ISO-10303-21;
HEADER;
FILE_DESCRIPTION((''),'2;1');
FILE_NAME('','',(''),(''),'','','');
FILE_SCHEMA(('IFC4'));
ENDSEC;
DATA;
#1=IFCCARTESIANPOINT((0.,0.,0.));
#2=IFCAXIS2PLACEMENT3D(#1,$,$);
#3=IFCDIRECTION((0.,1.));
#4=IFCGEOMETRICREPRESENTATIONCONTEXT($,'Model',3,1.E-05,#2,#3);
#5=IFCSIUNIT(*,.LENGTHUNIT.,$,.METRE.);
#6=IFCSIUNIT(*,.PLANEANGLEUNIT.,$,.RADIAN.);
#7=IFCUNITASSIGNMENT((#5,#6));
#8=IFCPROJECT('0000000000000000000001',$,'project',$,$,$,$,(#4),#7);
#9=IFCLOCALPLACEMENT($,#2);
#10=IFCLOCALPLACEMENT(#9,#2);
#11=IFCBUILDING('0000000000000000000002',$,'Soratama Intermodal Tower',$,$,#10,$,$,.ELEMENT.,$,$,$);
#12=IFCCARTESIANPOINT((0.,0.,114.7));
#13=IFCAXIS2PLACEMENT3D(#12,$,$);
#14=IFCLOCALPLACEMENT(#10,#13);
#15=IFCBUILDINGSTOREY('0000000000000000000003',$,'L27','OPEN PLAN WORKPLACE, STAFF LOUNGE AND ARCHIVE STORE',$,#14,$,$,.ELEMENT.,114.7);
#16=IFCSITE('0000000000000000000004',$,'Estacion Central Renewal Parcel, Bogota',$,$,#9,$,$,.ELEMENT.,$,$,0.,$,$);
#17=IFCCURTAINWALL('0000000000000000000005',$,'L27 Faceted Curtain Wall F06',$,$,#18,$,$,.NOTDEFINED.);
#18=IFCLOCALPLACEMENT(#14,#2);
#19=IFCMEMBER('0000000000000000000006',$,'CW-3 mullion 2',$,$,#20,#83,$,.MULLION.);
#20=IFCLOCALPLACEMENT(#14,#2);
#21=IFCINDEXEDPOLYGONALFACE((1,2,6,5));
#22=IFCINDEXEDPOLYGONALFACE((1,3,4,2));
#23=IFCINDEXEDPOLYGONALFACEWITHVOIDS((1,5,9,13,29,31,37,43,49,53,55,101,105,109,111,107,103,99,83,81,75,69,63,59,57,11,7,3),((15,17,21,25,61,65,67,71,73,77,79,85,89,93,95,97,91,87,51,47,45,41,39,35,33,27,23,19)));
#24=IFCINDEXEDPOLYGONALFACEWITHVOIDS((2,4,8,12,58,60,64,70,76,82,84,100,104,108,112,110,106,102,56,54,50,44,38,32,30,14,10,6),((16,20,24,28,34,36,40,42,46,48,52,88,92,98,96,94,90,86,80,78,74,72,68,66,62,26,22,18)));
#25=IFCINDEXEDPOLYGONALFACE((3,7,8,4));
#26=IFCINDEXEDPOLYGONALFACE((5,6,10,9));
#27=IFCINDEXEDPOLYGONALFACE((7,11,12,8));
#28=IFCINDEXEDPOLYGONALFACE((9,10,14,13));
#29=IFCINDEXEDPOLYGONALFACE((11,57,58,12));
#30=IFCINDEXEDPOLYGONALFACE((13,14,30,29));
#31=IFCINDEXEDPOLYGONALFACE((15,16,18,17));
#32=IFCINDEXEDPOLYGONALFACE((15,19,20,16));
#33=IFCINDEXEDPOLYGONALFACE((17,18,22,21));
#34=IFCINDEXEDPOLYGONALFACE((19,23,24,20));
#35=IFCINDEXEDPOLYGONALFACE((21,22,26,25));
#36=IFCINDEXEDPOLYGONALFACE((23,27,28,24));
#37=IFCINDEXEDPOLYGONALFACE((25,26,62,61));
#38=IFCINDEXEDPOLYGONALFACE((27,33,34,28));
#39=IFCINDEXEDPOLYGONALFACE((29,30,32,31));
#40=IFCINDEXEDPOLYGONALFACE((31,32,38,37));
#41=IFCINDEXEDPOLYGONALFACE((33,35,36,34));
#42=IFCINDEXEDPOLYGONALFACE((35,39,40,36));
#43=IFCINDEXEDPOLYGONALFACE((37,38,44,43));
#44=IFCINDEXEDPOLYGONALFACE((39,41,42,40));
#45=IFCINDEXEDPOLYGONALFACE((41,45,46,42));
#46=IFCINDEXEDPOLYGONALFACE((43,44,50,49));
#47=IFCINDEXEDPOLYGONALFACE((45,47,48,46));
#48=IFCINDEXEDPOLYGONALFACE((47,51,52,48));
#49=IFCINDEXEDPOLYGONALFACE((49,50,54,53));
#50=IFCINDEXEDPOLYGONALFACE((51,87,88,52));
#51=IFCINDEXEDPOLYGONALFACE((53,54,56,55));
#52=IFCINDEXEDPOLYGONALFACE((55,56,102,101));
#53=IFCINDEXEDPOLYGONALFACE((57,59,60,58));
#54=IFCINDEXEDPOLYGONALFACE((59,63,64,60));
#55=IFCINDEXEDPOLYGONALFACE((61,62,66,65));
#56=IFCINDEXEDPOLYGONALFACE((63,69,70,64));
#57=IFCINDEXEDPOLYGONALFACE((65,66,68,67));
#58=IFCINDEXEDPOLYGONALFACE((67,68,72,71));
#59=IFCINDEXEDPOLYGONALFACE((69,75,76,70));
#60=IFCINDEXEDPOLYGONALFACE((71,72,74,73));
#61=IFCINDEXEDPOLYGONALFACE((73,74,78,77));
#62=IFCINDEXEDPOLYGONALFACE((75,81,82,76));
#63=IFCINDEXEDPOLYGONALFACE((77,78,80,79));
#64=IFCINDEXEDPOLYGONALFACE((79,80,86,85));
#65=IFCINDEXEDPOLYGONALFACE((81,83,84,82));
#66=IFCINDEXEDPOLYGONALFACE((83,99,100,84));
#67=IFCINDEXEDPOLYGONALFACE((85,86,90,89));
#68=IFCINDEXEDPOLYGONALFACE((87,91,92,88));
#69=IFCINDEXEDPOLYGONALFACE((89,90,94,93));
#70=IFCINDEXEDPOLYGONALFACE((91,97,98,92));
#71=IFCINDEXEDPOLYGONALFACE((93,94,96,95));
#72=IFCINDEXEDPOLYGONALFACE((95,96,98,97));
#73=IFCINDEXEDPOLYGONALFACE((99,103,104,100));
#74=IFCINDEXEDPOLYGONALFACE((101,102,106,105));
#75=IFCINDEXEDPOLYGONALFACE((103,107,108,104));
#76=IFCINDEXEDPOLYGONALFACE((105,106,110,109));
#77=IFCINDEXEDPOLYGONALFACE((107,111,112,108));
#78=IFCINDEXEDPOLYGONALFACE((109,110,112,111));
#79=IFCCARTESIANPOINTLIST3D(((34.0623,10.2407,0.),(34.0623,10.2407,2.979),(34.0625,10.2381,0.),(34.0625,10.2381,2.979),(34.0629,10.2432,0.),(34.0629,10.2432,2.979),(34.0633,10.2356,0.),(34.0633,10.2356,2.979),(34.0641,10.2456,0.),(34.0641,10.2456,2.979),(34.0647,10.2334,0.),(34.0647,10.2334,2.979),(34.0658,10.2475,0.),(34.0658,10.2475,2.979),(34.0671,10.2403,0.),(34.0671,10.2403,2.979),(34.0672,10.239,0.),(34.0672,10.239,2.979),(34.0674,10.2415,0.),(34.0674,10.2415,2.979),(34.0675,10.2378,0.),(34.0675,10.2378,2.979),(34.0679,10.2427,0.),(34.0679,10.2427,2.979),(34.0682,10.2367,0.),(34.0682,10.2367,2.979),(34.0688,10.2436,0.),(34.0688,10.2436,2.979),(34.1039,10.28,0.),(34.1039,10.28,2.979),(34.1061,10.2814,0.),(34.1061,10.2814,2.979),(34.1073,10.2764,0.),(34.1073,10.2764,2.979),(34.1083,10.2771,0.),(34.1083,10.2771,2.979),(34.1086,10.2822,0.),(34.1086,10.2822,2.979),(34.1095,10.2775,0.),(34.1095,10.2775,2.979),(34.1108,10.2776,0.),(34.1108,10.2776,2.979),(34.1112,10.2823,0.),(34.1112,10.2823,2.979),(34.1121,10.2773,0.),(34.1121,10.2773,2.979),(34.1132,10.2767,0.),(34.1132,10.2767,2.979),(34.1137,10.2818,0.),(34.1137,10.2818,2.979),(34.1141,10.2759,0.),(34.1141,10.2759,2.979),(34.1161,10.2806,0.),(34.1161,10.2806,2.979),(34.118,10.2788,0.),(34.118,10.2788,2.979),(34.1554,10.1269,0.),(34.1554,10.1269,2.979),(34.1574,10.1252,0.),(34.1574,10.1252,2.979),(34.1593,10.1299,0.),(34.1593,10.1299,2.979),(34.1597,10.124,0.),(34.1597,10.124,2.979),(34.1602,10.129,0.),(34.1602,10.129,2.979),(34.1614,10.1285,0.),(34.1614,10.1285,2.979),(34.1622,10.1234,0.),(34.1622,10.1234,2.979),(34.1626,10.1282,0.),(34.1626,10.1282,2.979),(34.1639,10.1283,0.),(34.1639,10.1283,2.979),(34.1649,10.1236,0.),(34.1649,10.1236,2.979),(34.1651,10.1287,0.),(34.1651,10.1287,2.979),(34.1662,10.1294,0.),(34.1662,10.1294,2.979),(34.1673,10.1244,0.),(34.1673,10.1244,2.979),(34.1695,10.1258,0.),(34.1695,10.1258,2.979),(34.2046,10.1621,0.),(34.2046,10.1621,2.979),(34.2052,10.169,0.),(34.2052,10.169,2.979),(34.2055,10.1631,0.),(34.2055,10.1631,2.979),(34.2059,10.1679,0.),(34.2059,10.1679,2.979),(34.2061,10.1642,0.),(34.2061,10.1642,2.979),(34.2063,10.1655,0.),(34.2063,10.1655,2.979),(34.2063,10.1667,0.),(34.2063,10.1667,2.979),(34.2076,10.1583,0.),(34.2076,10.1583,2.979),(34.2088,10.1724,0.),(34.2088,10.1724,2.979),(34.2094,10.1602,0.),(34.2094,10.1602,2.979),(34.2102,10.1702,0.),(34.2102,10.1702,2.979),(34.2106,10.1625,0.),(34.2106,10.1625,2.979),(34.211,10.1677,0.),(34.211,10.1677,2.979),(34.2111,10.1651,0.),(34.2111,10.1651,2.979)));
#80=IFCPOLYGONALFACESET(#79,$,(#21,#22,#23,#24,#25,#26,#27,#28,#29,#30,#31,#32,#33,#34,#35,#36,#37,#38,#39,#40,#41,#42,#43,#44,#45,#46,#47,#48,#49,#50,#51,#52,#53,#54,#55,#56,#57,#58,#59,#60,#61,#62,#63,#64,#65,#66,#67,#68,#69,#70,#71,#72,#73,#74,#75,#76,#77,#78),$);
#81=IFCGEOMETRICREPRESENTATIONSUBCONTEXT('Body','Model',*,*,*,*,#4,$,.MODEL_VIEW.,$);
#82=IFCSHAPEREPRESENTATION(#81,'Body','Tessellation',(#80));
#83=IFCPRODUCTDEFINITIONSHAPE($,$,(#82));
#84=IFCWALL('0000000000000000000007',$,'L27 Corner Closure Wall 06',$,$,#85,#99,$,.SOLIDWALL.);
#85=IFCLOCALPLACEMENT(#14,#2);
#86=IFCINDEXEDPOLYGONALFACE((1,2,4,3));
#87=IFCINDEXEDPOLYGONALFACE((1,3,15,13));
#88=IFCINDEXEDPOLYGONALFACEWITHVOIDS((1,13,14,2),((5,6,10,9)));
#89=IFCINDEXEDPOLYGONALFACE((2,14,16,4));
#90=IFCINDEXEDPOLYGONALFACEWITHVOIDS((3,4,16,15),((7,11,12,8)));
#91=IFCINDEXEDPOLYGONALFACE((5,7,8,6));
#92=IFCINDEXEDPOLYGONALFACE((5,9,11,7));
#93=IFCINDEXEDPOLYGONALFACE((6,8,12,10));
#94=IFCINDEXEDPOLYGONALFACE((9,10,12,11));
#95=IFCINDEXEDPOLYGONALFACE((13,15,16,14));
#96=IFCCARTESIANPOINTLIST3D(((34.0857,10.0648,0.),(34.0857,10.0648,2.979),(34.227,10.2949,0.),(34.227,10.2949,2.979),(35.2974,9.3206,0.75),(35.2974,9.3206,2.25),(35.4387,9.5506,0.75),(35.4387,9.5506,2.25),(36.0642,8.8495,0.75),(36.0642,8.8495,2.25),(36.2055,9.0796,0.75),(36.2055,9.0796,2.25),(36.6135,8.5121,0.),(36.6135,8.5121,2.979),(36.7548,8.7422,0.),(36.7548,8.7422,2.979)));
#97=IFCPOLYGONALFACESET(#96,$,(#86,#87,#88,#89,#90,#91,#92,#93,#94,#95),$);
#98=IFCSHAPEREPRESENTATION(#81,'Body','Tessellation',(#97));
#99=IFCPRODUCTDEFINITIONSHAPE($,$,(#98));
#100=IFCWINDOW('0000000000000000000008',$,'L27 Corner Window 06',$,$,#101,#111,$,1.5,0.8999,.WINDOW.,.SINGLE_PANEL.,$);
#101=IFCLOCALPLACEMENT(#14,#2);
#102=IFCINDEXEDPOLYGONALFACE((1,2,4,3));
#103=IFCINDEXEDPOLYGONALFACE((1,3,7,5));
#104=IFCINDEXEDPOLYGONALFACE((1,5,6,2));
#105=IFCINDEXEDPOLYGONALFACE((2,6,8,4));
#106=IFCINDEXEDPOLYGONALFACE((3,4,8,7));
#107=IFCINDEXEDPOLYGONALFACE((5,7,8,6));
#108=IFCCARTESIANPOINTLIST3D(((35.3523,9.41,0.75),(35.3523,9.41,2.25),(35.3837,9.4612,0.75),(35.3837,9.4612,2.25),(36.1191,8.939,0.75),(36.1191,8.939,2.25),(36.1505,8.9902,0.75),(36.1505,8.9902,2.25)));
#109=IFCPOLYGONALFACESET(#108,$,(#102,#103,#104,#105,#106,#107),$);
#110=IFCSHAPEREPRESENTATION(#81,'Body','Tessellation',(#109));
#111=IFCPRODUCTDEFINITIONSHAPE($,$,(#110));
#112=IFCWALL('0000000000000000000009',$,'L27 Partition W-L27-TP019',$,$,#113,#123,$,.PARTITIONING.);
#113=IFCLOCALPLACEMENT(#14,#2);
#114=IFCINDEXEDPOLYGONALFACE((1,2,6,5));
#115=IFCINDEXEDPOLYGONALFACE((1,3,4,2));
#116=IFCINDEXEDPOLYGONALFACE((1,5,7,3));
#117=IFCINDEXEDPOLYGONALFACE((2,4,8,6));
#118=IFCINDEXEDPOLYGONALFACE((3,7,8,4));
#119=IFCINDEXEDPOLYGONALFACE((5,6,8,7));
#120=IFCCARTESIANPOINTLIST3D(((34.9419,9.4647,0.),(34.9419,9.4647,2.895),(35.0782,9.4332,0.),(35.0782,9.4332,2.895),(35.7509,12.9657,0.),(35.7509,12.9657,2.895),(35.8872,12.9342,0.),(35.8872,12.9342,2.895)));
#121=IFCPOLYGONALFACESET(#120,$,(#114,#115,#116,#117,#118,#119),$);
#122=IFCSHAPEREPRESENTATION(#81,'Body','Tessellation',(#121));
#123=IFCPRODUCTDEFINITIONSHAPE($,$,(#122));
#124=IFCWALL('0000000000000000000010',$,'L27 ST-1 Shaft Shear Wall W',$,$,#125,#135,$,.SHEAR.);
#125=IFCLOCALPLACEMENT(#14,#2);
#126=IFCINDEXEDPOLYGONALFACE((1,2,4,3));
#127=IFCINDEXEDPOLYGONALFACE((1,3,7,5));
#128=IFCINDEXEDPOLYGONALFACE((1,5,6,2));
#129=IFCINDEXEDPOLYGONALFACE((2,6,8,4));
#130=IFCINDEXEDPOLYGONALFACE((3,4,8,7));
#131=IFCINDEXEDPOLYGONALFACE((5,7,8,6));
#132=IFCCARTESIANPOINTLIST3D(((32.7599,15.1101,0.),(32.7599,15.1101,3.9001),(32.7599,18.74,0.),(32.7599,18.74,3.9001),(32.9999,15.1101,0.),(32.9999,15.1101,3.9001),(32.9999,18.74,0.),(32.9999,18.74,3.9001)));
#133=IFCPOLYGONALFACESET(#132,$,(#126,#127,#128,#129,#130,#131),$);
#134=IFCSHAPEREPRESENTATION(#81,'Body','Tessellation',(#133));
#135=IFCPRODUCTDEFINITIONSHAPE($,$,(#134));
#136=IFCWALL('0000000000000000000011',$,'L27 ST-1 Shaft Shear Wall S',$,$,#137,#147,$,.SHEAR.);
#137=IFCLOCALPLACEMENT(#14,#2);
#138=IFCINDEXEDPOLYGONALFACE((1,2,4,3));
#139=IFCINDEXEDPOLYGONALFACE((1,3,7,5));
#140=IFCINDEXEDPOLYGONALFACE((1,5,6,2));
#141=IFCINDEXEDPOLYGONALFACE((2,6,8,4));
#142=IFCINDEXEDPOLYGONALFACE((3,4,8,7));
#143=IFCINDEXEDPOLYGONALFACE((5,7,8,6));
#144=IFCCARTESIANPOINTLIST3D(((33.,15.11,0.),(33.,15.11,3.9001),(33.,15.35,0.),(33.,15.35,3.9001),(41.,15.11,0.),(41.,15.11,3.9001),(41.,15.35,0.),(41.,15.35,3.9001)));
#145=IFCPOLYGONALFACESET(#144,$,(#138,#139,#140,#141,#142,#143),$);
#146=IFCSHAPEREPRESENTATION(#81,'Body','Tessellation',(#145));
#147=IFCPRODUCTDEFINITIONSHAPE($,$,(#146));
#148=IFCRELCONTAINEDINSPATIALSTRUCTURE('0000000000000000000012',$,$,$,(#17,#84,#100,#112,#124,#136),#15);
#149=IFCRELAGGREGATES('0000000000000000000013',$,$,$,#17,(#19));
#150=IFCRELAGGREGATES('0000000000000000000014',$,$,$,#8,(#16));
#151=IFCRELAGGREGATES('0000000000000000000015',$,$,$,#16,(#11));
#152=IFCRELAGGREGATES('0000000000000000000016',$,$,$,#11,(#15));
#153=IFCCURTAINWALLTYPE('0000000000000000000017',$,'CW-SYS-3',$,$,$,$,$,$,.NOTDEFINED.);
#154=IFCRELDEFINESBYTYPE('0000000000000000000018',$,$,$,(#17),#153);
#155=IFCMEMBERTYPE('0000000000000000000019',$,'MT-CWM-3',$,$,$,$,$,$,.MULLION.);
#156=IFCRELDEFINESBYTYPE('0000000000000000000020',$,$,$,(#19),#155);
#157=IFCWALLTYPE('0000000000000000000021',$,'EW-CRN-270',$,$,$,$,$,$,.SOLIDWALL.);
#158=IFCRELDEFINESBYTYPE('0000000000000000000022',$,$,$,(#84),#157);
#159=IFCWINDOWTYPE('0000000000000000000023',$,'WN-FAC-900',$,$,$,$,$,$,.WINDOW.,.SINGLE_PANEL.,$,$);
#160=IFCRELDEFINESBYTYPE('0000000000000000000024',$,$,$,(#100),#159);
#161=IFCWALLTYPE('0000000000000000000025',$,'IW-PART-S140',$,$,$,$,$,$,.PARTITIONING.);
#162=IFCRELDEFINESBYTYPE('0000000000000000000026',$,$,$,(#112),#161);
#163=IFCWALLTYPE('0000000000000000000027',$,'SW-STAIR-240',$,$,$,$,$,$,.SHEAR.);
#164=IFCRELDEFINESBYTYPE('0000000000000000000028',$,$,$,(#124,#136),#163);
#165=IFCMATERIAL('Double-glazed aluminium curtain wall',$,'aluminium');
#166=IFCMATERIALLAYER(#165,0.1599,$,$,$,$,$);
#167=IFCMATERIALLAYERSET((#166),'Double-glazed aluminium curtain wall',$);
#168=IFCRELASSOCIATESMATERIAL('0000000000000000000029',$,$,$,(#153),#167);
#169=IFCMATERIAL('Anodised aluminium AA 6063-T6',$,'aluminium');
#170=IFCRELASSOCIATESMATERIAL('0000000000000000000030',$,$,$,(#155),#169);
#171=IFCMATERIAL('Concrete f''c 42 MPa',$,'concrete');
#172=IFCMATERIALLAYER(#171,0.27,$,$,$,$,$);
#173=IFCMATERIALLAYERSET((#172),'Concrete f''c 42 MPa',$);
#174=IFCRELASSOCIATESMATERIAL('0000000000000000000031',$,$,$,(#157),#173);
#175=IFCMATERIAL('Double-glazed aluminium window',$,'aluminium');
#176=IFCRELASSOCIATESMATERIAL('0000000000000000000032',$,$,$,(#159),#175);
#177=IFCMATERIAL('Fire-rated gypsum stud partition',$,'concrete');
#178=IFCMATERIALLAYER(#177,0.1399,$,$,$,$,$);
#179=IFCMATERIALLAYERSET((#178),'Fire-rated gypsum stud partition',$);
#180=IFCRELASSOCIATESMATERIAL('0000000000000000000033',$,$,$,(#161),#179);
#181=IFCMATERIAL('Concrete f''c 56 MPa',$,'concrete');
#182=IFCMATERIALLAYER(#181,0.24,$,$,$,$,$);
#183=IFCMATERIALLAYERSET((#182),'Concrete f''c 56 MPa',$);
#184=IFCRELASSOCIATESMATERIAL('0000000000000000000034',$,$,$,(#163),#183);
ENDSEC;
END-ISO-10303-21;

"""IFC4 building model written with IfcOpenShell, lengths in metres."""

from ifc_helpers import new_model, si_unit, direction, frame, frame_2d, origin, origin_2d, place, context, subcontext, project, spatial, rectangle, hollow_rectangle, extrude, material, layer, layer_set, material_profile, profile_set, type_object, element, fill, aggregate, save


model = new_model("IFC4")

# Units and contexts
model_context = context("Model", 3, precision=1e-05, world=origin(), true_north=direction((0.0, 1.0)))
body_context = subcontext(model_context, "Body", "Model", "MODEL_VIEW")
ifc_project = project(units=[si_unit("LENGTHUNIT", "METRE"), si_unit("PLANEANGLEUNIT", "RADIAN")], contexts=[model_context])

# Site, building, storey
site_placement = place(None, origin())
site = spatial("IfcSite", under=ifc_project, at=site_placement, Name="Estacion Central Renewal Parcel, Bogota", CompositionType="ELEMENT", RefElevation=0.0)
building_placement = place(site_placement, origin())
building = spatial("IfcBuilding", under=site, at=building_placement, Name="Soratama Intermodal Tower", CompositionType="ELEMENT")
storey_placement = place(building_placement, frame((0.0, 0.0, 114.7)))
storey = spatial("IfcBuildingStorey", under=building, at=storey_placement, Name="L27", Description="OPEN PLAN WORKPLACE, STAFF LOUNGE AND ARCHIVE STORE", CompositionType="ELEMENT", Elevation=114.7)

# Curtain wall, member
ifc_material_1 = material(Name="Double-glazed aluminium curtain wall", Category="aluminium")
ifc_layer_1 = layer(ifc_material_1, 0.1599)
ifc_layer_set_1 = layer_set([ifc_layer_1], Name="Double-glazed aluminium curtain wall")
curtain_wall_type = type_object("IfcCurtainWallType", Name="CW-SYS-3", PredefinedType="NOTDEFINED", material=ifc_layer_set_1)
curtain_wall_placement = place(storey_placement, origin())
curtain_wall = element("IfcCurtainWall", 1, at=curtain_wall_placement, inside=storey, type_object=curtain_wall_type, Name="L27 Faceted Curtain Wall F06", PredefinedType="NOTDEFINED")
ifc_material_2 = material(Name="Anodised aluminium AA 6063-T6", Category="aluminium")
ifc_material_profile_1 = material_profile(ifc_material_2, hollow_rectangle(XDim=0.0701, YDim=0.1599, WallThickness=0.0049, InnerFilletRadius=0.0049, OuterFilletRadius=0.01, at=origin_2d()), Name="CWM160X70X5")
ifc_profile_set_1 = profile_set([ifc_material_profile_1], Name="Anodised aluminium AA 6063-T6")
member_type = type_object("IfcMemberType", Name="MT-CWM-3", PredefinedType="MULLION", material=ifc_profile_set_1)
member_placement = place(storey_placement, frame((34.1367, 10.2029, 0.0), z_axis=(0.0, 0.0, 1.0), x_axis=(0.761088, 0.648649, 0.0)))
member = element("IfcMember", 2, at=member_placement, type_object=member_type, Name="CW-3 mullion 2", PredefinedType="MULLION", context=body_context, shape_type="SweptSolid", body=[
    extrude(hollow_rectangle(XDim=0.0701, YDim=0.1599, WallThickness=0.0049, InnerFilletRadius=0.0049, OuterFilletRadius=0.01, at=origin_2d()), origin(), (0.0, 0.0, 1.0), 2.979),
])
aggregate(curtain_wall, [member])

# Wall, opening, window
ifc_material_3 = material(Name="Concrete f'c 42 MPa", Category="concrete")
ifc_layer_2 = layer(ifc_material_3, 0.27)
ifc_layer_set_2 = layer_set([ifc_layer_2], Name="Concrete f'c 42 MPa")
wall_type_1 = type_object("IfcWallType", Name="EW-CRN-270", PredefinedType="SOLIDWALL", material=ifc_layer_set_2)
wall_1_placement = place(storey_placement, frame((34.1562, 10.1799, 0.0), z_axis=(0.0, 0.0, 1.0), x_axis=(0.852088, -0.523399, 0.0)))
wall_1 = element("IfcWall", 3, at=wall_1_placement, inside=storey, type_object=wall_type_1, Name="L27 Corner Closure Wall 06", PredefinedType="SOLIDWALL", context=body_context, shape_type="SweptSolid", body=[
    extrude(rectangle(XDim=2.9666, YDim=0.27, at=frame_2d((1.4834, 0.0))), origin(), (0.0, 0.0, 1.0), 2.979),
])
opening_1_placement = place(wall_1_placement, frame((1.4221, 0.0, 0.75)))
opening_1 = element("IfcOpeningElement", 4, at=opening_1_placement, cuts=wall_1, PredefinedType="OPENING", context=body_context, shape_type="SweptSolid", body=[
    extrude(rectangle(XDim=0.8999, YDim=1.5, at=frame_2d((0.45, 0.75))), frame((0.0, 0.145, 0.0), z_axis=(0.0, -1.0, 0.0), x_axis=(1.0, 0.0, 0.0)), (0.0, 0.0, 1.0), 0.29),
])
ifc_material_4 = material(Name="Double-glazed aluminium window", Category="aluminium")
window_type_1 = type_object("IfcWindowType", Name="WN-FAC-900", PartitioningType="SINGLE_PANEL", PredefinedType="WINDOW", material=ifc_material_4)
window_1_placement = place(opening_1_placement, origin())
window_1 = element("IfcWindow", 5, at=window_1_placement, inside=storey, type_object=window_type_1, Name="L27 Corner Window 06", OverallHeight=1.5, OverallWidth=0.8999, PartitioningType="SINGLE_PANEL", PredefinedType="WINDOW", context=body_context, shape_type="SweptSolid", body=[
    extrude(rectangle(XDim=0.8999, YDim=1.5, at=frame_2d((0.45, 0.75))), frame((0.0, 0.03, 0.0), z_axis=(0.0, -1.0, 0.0), x_axis=(1.0, 0.0, 0.0)), (0.0, 0.0, 1.0), 0.0601),
])
fill(opening_1, window_1)

# Walls
ifc_material_5 = material(Name="Fire-rated gypsum stud partition", Category="concrete")
ifc_layer_3 = layer(ifc_material_5, 0.1399)
ifc_layer_set_3 = layer_set([ifc_layer_3], Name="Fire-rated gypsum stud partition")
wall_type_2 = type_object("IfcWallType", Name="IW-PART-S140", PredefinedType="PARTITIONING", material=ifc_layer_set_3)
wall_2_placement = place(storey_placement, frame((35.8191, 12.95, 0.0), z_axis=(0.0, 0.0, 1.0), x_axis=(-0.225167, -0.97432, 0.0)))
element("IfcWall", 6, at=wall_2_placement, inside=storey, type_object=wall_type_2, Name="L27 Partition W-L27-TP019", PredefinedType="PARTITIONING", context=body_context, shape_type="SweptSolid", body=[
    extrude(rectangle(XDim=3.5933, YDim=0.1399, at=frame_2d((1.7966, 0.0))), origin(), (0.0, 0.0, 1.0), 2.895),
])
ifc_material_6 = material(Name="Concrete f'c 56 MPa", Category="concrete")
ifc_layer_4 = layer(ifc_material_6, 0.24)
ifc_layer_set_4 = layer_set([ifc_layer_4], Name="Concrete f'c 56 MPa")
wall_type_3 = type_object("IfcWallType", Name="SW-STAIR-240", PredefinedType="SHEAR", material=ifc_layer_set_4)
wall_3_placement = place(storey_placement, frame((32.8799, 15.1101, 0.0), z_axis=(0.0, 0.0, 1.0), x_axis=(0.0, 1.0, 0.0)))
element("IfcWall", 7, at=wall_3_placement, inside=storey, type_object=wall_type_3, Name="L27 ST-1 Shaft Shear Wall W", PredefinedType="SHEAR", context=body_context, shape_type="SweptSolid", body=[
    extrude(rectangle(XDim=3.6299, YDim=0.24, at=frame_2d((1.8149, 0.0))), origin(), (0.0, 0.0, 1.0), 3.9001),
])
wall_4_placement = place(storey_placement, frame((33.0, 15.23, 0.0), z_axis=(0.0, 0.0, 1.0), x_axis=(1.0, 0.0, 0.0)))
element("IfcWall", 8, at=wall_4_placement, inside=storey, type_object=wall_type_3, Name="L27 ST-1 Shaft Shear Wall S", PredefinedType="SHEAR", context=body_context, shape_type="SweptSolid", body=[
    extrude(rectangle(XDim=8.0, YDim=0.24, at=frame_2d((4.0, 0.0))), origin(), (0.0, 0.0, 1.0), 3.9001),
])

save(model, "model.ifc")
